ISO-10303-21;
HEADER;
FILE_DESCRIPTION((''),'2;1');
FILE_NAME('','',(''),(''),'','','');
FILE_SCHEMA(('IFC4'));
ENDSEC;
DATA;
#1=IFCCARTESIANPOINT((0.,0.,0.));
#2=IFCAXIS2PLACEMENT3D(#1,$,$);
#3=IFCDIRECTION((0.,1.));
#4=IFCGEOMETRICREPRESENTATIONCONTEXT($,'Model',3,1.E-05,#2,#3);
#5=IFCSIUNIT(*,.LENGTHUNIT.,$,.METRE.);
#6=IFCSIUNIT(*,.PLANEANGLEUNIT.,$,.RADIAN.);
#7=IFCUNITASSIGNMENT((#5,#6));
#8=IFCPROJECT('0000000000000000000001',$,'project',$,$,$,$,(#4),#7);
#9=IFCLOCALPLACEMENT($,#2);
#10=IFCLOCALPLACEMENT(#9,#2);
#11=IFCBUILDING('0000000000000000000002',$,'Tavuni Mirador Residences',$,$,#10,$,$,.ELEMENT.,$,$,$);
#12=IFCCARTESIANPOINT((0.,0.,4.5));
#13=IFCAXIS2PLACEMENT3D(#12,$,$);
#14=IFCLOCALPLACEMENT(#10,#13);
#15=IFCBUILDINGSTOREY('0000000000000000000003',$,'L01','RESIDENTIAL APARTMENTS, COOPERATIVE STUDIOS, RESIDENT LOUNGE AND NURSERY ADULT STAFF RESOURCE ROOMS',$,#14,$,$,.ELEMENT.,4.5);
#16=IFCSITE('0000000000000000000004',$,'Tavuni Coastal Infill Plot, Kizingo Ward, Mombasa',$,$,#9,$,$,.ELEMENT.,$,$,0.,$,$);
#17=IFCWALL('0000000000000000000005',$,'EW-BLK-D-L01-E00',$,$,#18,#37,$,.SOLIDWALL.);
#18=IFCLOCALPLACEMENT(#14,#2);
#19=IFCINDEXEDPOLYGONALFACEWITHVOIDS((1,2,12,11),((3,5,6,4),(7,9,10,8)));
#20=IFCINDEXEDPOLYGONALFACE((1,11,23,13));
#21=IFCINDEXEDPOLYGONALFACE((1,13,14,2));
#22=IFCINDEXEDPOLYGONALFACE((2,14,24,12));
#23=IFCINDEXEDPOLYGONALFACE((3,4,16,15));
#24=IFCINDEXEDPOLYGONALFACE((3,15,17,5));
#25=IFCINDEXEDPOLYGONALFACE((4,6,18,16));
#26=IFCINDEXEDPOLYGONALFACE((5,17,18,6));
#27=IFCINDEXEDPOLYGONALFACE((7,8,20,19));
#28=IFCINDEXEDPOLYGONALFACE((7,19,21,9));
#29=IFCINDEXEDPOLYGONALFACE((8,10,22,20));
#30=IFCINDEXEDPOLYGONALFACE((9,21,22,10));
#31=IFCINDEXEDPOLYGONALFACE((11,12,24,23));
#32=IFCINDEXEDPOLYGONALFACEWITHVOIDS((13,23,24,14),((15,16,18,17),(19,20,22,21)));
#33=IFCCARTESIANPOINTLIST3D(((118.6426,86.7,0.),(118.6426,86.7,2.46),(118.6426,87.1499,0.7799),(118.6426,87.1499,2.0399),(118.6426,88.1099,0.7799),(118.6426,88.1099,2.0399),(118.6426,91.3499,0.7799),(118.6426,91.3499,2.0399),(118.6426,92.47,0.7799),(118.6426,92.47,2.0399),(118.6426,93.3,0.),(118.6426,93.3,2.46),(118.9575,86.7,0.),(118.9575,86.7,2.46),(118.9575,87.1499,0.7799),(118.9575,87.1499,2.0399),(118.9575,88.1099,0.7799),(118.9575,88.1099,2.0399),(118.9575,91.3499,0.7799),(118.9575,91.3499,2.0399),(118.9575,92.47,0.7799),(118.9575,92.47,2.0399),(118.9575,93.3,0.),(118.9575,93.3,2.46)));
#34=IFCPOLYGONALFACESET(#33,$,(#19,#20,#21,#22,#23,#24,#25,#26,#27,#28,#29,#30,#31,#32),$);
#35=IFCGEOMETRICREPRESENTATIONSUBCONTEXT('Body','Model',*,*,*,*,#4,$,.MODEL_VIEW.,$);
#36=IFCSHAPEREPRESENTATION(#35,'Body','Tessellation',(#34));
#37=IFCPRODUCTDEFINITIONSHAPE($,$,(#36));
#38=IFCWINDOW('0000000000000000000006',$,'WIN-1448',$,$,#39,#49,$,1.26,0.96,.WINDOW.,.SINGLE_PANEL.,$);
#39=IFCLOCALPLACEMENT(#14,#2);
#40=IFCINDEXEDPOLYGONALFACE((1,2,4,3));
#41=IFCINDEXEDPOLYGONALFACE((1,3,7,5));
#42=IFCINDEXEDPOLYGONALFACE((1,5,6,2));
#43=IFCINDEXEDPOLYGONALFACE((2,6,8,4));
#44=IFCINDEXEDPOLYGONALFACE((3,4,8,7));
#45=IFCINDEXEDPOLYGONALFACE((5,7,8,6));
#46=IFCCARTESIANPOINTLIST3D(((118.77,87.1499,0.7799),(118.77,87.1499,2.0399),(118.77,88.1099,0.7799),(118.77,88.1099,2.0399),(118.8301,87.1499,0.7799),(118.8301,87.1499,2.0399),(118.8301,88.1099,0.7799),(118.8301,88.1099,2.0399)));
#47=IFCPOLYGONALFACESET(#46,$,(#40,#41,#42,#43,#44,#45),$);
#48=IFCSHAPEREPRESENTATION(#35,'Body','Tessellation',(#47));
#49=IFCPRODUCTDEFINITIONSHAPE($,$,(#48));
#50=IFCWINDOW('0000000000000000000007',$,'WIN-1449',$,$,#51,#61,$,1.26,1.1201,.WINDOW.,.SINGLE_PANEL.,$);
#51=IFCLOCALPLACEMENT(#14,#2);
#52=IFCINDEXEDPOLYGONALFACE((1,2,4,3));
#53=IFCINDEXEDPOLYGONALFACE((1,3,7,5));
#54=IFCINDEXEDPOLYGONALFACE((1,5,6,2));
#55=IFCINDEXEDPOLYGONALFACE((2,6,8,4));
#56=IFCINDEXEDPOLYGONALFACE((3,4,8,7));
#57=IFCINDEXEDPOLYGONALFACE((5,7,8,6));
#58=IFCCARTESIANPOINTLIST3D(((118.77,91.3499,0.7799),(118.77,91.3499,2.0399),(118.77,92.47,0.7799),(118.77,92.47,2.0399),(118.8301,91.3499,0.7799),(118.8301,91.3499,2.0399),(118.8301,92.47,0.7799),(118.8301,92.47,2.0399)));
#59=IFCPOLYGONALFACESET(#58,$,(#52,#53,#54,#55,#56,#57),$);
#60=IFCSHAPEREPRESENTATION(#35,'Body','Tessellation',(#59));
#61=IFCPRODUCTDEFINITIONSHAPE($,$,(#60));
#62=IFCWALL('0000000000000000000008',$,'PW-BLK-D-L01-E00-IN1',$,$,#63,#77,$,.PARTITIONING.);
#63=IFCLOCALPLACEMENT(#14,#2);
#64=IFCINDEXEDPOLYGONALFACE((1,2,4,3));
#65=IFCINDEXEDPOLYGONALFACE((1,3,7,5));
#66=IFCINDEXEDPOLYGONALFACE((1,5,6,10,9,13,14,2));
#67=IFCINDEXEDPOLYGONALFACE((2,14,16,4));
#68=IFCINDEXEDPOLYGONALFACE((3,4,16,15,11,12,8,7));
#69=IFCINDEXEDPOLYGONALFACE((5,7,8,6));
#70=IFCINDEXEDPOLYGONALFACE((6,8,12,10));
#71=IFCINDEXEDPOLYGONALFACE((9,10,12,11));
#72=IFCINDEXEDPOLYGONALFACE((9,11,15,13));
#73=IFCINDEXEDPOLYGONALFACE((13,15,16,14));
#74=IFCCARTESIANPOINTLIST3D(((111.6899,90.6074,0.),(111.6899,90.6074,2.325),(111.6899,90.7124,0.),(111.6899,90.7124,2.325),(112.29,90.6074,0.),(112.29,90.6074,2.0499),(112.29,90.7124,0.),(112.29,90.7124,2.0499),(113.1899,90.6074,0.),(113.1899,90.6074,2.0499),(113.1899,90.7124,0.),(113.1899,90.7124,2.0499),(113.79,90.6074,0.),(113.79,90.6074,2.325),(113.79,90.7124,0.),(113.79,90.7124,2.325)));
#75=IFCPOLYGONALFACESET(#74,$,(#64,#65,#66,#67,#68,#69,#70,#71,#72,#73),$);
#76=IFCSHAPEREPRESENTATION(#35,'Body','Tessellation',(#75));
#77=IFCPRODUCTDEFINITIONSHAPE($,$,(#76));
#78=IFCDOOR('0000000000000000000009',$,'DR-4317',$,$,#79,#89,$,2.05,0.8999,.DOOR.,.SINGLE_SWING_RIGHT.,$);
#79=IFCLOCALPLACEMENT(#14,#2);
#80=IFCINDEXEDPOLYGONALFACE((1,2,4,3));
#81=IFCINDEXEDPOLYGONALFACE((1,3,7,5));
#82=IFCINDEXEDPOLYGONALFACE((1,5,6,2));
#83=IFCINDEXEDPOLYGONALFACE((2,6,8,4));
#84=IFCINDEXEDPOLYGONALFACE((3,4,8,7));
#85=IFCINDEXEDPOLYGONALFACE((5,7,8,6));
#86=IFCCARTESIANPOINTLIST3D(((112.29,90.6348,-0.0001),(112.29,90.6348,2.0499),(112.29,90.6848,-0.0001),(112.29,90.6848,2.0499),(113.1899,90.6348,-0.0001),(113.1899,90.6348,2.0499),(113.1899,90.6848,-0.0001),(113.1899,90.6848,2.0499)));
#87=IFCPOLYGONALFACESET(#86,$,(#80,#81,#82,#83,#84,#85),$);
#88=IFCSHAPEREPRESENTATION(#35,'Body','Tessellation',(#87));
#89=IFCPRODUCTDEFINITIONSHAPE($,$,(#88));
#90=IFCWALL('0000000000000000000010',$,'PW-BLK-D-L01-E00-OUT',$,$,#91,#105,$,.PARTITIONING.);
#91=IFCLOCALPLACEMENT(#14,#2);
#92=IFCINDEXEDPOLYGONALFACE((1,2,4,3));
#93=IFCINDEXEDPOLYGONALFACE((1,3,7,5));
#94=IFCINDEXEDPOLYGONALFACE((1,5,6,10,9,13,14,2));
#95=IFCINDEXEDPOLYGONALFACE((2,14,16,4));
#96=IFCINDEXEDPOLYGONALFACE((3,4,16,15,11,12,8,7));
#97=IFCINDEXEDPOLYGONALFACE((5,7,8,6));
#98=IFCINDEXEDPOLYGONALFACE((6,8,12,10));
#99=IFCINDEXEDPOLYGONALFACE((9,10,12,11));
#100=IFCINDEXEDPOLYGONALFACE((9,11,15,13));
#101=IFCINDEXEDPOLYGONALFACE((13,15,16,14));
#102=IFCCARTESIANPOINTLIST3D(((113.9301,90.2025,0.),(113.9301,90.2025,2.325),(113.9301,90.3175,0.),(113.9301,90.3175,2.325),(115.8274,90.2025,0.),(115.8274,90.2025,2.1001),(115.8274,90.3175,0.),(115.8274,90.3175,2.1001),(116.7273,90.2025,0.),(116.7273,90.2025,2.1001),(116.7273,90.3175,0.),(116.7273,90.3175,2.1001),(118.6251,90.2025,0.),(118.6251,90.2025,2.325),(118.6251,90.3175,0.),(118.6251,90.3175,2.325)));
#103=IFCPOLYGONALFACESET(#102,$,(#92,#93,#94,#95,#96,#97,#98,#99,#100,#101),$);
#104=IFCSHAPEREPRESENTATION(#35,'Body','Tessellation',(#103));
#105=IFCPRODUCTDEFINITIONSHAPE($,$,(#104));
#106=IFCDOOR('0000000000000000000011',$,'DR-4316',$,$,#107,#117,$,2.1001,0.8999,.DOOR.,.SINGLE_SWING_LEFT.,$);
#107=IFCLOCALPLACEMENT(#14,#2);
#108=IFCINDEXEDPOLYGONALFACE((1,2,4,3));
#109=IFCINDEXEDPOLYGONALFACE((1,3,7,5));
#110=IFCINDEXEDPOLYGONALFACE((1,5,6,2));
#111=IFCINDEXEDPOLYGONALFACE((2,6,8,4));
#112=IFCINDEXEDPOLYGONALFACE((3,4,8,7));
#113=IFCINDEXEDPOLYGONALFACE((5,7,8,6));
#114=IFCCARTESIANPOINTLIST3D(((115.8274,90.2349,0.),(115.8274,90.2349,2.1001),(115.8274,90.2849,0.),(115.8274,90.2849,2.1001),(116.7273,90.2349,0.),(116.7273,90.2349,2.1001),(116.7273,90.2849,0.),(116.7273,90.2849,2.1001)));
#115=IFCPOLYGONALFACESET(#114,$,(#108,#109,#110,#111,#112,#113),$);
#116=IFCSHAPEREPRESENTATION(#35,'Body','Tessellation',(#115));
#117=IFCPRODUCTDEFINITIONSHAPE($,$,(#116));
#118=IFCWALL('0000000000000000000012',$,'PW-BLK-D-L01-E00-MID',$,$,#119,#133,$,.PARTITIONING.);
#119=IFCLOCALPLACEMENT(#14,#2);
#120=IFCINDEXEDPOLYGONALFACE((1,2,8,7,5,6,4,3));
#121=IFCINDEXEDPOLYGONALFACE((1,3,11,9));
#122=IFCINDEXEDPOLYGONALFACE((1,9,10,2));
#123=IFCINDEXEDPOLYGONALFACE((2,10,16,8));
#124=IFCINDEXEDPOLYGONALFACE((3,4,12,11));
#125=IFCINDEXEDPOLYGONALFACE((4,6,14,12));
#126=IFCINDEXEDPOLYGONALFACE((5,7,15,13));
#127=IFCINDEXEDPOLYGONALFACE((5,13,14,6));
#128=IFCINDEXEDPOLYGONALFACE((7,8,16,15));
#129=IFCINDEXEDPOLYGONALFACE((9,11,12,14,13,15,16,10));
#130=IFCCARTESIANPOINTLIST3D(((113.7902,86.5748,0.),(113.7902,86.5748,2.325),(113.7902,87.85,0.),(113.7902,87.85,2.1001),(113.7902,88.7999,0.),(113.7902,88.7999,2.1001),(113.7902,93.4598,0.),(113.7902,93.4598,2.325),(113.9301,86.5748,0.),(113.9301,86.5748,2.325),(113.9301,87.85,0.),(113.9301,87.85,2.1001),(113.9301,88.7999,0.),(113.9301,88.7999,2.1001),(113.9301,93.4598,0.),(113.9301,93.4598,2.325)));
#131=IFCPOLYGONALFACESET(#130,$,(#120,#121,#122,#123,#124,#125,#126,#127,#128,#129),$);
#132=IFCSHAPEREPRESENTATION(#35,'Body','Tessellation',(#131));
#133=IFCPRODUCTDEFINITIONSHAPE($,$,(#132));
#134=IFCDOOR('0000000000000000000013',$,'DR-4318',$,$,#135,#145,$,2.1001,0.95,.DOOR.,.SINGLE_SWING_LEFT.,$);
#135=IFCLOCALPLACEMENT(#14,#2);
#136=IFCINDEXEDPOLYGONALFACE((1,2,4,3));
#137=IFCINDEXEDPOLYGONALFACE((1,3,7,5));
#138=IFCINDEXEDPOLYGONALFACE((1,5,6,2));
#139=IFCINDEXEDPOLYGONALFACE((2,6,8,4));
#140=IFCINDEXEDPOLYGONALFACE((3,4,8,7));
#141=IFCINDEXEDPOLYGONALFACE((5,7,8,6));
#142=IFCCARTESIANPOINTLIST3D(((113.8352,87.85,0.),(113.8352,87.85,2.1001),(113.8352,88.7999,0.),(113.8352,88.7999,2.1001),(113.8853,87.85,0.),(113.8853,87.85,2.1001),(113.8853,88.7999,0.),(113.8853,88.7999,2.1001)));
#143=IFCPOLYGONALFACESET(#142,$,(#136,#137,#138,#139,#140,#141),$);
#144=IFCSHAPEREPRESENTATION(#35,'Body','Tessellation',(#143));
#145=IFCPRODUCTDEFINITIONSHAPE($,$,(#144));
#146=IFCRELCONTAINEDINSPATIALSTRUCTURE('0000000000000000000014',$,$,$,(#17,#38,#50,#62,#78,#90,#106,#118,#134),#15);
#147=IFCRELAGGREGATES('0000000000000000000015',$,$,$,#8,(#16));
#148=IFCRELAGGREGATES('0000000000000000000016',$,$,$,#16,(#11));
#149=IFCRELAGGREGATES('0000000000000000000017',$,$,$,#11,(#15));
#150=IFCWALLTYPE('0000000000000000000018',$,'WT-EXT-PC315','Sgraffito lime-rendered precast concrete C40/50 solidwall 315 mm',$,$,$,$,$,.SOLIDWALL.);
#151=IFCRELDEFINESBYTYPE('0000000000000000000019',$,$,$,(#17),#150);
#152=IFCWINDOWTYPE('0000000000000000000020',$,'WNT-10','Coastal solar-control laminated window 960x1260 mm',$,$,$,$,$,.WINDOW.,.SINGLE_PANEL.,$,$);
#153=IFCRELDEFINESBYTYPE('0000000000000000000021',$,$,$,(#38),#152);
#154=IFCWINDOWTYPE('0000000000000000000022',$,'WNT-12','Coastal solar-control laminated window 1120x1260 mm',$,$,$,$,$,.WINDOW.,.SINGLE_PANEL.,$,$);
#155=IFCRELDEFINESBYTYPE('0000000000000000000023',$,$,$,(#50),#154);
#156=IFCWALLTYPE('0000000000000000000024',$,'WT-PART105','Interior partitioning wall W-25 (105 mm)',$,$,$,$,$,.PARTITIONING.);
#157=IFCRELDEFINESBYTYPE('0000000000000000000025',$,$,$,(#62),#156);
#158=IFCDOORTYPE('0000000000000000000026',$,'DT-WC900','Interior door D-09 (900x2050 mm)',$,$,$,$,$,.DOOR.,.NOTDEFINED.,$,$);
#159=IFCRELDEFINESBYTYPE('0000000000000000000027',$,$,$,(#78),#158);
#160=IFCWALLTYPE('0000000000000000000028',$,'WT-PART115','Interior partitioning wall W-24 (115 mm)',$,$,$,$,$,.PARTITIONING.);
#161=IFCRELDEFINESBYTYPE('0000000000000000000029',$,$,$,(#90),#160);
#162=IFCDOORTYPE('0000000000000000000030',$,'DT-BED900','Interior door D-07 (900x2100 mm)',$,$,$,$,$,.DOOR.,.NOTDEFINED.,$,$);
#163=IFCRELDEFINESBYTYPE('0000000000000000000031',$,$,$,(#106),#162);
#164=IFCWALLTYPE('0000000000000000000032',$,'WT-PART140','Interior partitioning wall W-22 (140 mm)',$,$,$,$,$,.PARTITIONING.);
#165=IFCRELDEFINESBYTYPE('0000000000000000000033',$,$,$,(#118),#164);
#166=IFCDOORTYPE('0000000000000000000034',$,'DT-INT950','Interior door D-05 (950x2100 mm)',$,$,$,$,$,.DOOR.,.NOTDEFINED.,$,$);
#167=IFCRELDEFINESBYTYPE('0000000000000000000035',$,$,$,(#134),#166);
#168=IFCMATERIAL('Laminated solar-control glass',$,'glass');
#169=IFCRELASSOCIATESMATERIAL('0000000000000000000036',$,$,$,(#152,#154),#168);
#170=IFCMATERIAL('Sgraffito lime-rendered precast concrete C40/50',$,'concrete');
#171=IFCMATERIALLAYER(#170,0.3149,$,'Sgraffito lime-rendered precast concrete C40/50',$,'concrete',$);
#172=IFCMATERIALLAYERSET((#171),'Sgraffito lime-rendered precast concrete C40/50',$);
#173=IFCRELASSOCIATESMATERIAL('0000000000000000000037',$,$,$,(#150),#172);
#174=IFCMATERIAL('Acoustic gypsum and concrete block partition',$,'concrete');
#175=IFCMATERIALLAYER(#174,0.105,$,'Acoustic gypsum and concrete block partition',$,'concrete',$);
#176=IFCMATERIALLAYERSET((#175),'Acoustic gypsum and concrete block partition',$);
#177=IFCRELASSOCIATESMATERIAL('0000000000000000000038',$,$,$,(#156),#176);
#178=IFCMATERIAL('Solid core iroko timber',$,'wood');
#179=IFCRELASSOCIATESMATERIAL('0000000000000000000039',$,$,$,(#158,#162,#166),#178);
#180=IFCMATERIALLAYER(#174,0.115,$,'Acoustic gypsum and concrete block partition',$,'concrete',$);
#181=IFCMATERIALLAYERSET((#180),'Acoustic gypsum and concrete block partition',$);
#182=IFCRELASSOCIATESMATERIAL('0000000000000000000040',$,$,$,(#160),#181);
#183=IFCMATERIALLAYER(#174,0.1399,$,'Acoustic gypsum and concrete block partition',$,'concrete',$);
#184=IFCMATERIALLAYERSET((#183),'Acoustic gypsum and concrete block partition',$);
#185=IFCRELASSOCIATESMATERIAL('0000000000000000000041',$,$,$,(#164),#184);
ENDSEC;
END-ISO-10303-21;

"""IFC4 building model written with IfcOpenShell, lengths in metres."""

from ifc_helpers import new_model, si_unit, direction, frame, frame_2d, origin, place, context, subcontext, project, spatial, rectangle, extrude, material, layer, layer_set, type_object, element, fill, save


model = new_model("IFC4")

# Units and contexts
model_context = context("Model", 3, precision=1e-05, world=origin(), true_north=direction((0.0, 1.0)))
body_context = subcontext(model_context, "Body", "Model", "MODEL_VIEW")
ifc_project = project(units=[si_unit("LENGTHUNIT", "METRE"), si_unit("PLANEANGLEUNIT", "RADIAN")], contexts=[model_context])

# Site, building, storey
site_placement = place(None, origin())
site = spatial("IfcSite", under=ifc_project, at=site_placement, Name="Tavuni Coastal Infill Plot, Kizingo Ward, Mombasa", CompositionType="ELEMENT", RefElevation=0.0)
building_placement = place(site_placement, origin())
building = spatial("IfcBuilding", under=site, at=building_placement, Name="Tavuni Mirador Residences", CompositionType="ELEMENT")
storey_placement = place(building_placement, frame((0.0, 0.0, 4.5)))
storey = spatial("IfcBuildingStorey", under=building, at=storey_placement, Name="L01", Description="RESIDENTIAL APARTMENTS, COOPERATIVE STUDIOS, RESIDENT LOUNGE AND NURSERY ADULT STAFF RESOURCE ROOMS", CompositionType="ELEMENT", Elevation=4.5)

# Shared definitions
ifc_material_1 = material(Name="Solid core iroko timber", Category="wood")

# Wall, openings, windows
ifc_material_2 = material(Name="Sgraffito lime-rendered precast concrete C40/50", Category="concrete")
ifc_material_3 = material(Name="Laminated solar-control glass", Category="glass")
window_type_1 = type_object("IfcWindowType", Name="WNT-10", Description="Coastal solar-control laminated window 960x1260 mm", PartitioningType="SINGLE_PANEL", PredefinedType="WINDOW", material=ifc_material_3)
ifc_layer_1 = layer(ifc_material_2, 0.3149, Name="Sgraffito lime-rendered precast concrete C40/50", Category="concrete")
ifc_layer_set_1 = layer_set([ifc_layer_1], Name="Sgraffito lime-rendered precast concrete C40/50")
wall_type_1 = type_object("IfcWallType", Name="WT-EXT-PC315", Description="Sgraffito lime-rendered precast concrete C40/50 solidwall 315 mm", PredefinedType="SOLIDWALL", material=ifc_layer_set_1)
wall_1_placement = place(storey_placement, frame((118.8, 86.7, 0.0), z_axis=(0.0, 0.0, 1.0), x_axis=(0.0, 1.0, 0.0)))
wall_1 = element("IfcWall", 1, at=wall_1_placement, inside=storey, type_object=wall_type_1, Name="EW-BLK-D-L01-E00", PredefinedType="SOLIDWALL", context=body_context, shape_type="SweptSolid", body=[
    extrude(rectangle(XDim=6.6001, YDim=0.3149, at=frame_2d((3.3, 0.0))), origin(), (0.0, 0.0, 1.0), 2.46),
])
opening_1_placement = place(wall_1_placement, frame((0.45, 0.0, 0.78)))
opening_1 = element("IfcOpeningElement", 2, at=opening_1_placement, cuts=wall_1, PredefinedType="OPENING", context=body_context, shape_type="SweptSolid", body=[
    extrude(rectangle(XDim=0.96, YDim=1.26, at=frame_2d((0.48, 0.6299))), frame((0.0, 0.1675, 0.0), z_axis=(0.0, -1.0, 0.0), x_axis=(1.0, 0.0, 0.0)), (0.0, 0.0, 1.0), 0.335),
])
opening_2_placement = place(wall_1_placement, frame((4.6499, 0.0, 0.78)))
opening_2 = element("IfcOpeningElement", 3, at=opening_2_placement, cuts=wall_1, PredefinedType="OPENING", context=body_context, shape_type="SweptSolid", body=[
    extrude(rectangle(XDim=1.1201, YDim=1.26, at=frame_2d((0.5601, 0.6299))), frame((0.0, 0.1675, 0.0), z_axis=(0.0, -1.0, 0.0), x_axis=(1.0, 0.0, 0.0)), (0.0, 0.0, 1.0), 0.335),
])
window_1_placement = place(opening_1_placement, origin())
window_1 = element("IfcWindow", 4, at=window_1_placement, inside=storey, type_object=window_type_1, Name="WIN-1448", OverallHeight=1.26, OverallWidth=0.96, PartitioningType="SINGLE_PANEL", PredefinedType="WINDOW", context=body_context, shape_type="SweptSolid", body=[
    extrude(rectangle(XDim=0.96, YDim=1.26, at=frame_2d((0.48, 0.6299))), frame((0.0, 0.03, 0.0), z_axis=(0.0, -1.0, 0.0), x_axis=(1.0, 0.0, 0.0)), (0.0, 0.0, 1.0), 0.0601),
])
fill(opening_1, window_1)
window_type_2 = type_object("IfcWindowType", Name="WNT-12", Description="Coastal solar-control laminated window 1120x1260 mm", PartitioningType="SINGLE_PANEL", PredefinedType="WINDOW", material=ifc_material_3)
window_2_placement = place(opening_2_placement, origin())
window_2 = element("IfcWindow", 5, at=window_2_placement, inside=storey, type_object=window_type_2, Name="WIN-1449", OverallHeight=1.26, OverallWidth=1.1201, PartitioningType="SINGLE_PANEL", PredefinedType="WINDOW", context=body_context, shape_type="SweptSolid", body=[
    extrude(rectangle(XDim=1.1201, YDim=1.26, at=frame_2d((0.5601, 0.6299))), frame((0.0, 0.03, 0.0), z_axis=(0.0, -1.0, 0.0), x_axis=(1.0, 0.0, 0.0)), (0.0, 0.0, 1.0), 0.0601),
])
fill(opening_2, window_2)

# Walls, openings, doors
ifc_material_4 = material(Name="Acoustic gypsum and concrete block partition", Category="concrete")
ifc_layer_2 = layer(ifc_material_4, 0.105, Name="Acoustic gypsum and concrete block partition", Category="concrete")
ifc_layer_set_2 = layer_set([ifc_layer_2], Name="Acoustic gypsum and concrete block partition")
wall_type_2 = type_object("IfcWallType", Name="WT-PART105", Description="Interior partitioning wall W-25 (105 mm)", PredefinedType="PARTITIONING", material=ifc_layer_set_2)
wall_2_placement = place(storey_placement, frame((111.6899, 90.6599, 0.0), z_axis=(0.0, 0.0, 1.0), x_axis=(1.0, 0.0, 0.0)))
wall_2 = element("IfcWall", 6, at=wall_2_placement, inside=storey, type_object=wall_type_2, Name="PW-BLK-D-L01-E00-IN1", PredefinedType="PARTITIONING", context=body_context, shape_type="SweptSolid", body=[
    extrude(rectangle(XDim=2.1001, YDim=0.105, at=frame_2d((1.05, 0.0))), origin(), (0.0, 0.0, 1.0), 2.325),
])
opening_3_placement = place(wall_2_placement, frame((0.6001, 0.0, 0.0)))
opening_3 = element("IfcOpeningElement", 7, at=opening_3_placement, cuts=wall_2, PredefinedType="OPENING", context=body_context, shape_type="SweptSolid", body=[
    extrude(rectangle(XDim=0.8999, YDim=2.05, at=frame_2d((0.45, 1.0249))), frame((0.0, 0.0625, 0.0), z_axis=(0.0, -1.0, 0.0), x_axis=(1.0, 0.0, 0.0)), (0.0, 0.0, 1.0), 0.125),
])
door_type_1 = type_object("IfcDoorType", Name="DT-WC900", Description="Interior door D-09 (900x2050 mm)", OperationType="NOTDEFINED", PredefinedType="DOOR", material=ifc_material_1)
door_1_placement = place(opening_3_placement, origin())
door_1 = element("IfcDoor", 8, at=door_1_placement, inside=storey, type_object=door_type_1, Name="DR-4317", OperationType="SINGLE_SWING_RIGHT", OverallHeight=2.05, OverallWidth=0.8999, PredefinedType="DOOR", context=body_context, shape_type="SweptSolid", body=[
    extrude(rectangle(XDim=0.8999, YDim=2.05, at=frame_2d((0.45, 1.0249))), frame((0.0, 0.0249, 0.0), z_axis=(0.0, -1.0, 0.0), x_axis=(1.0, 0.0, 0.0)), (0.0, 0.0, 1.0), 0.05),
])
fill(opening_3, door_1)
ifc_layer_3 = layer(ifc_material_4, 0.115, Name="Acoustic gypsum and concrete block partition", Category="concrete")
ifc_layer_set_3 = layer_set([ifc_layer_3], Name="Acoustic gypsum and concrete block partition")
wall_type_3 = type_object("IfcWallType", Name="WT-PART115", Description="Interior partitioning wall W-24 (115 mm)", PredefinedType="PARTITIONING", material=ifc_layer_set_3)
wall_3_placement = place(storey_placement, frame((113.9299, 90.26, 0.0), z_axis=(0.0, 0.0, 1.0), x_axis=(1.0, 0.0, 0.0)))
wall_3 = element("IfcWall", 9, at=wall_3_placement, inside=storey, type_object=wall_type_3, Name="PW-BLK-D-L01-E00-OUT", PredefinedType="PARTITIONING", context=body_context, shape_type="SweptSolid", body=[
    extrude(rectangle(XDim=4.6951, YDim=0.115, at=frame_2d((2.3477, 0.0))), origin(), (0.0, 0.0, 1.0), 2.325),
])
opening_4_placement = place(wall_3_placement, frame((1.8975, 0.0, 0.0)))
opening_4 = element("IfcOpeningElement", 10, at=opening_4_placement, cuts=wall_3, PredefinedType="OPENING", context=body_context, shape_type="SweptSolid", body=[
    extrude(rectangle(XDim=0.8999, YDim=2.1001, at=frame_2d((0.45, 1.05))), frame((0.0, 0.0674, 0.0), z_axis=(0.0, -1.0, 0.0), x_axis=(1.0, 0.0, 0.0)), (0.0, 0.0, 1.0), 0.135),
])
door_type_2 = type_object("IfcDoorType", Name="DT-BED900", Description="Interior door D-07 (900x2100 mm)", OperationType="NOTDEFINED", PredefinedType="DOOR", material=ifc_material_1)
door_2_placement = place(opening_4_placement, origin())
door_2 = element("IfcDoor", 11, at=door_2_placement, inside=storey, type_object=door_type_2, Name="DR-4316", OperationType="SINGLE_SWING_LEFT", OverallHeight=2.1001, OverallWidth=0.8999, PredefinedType="DOOR", context=body_context, shape_type="SweptSolid", body=[
    extrude(rectangle(XDim=0.8999, YDim=2.1001, at=frame_2d((0.45, 1.05))), frame((0.0, 0.0249, 0.0), z_axis=(0.0, -1.0, 0.0), x_axis=(1.0, 0.0, 0.0)), (0.0, 0.0, 1.0), 0.05),
])
fill(opening_4, door_2)
ifc_layer_4 = layer(ifc_material_4, 0.1399, Name="Acoustic gypsum and concrete block partition", Category="concrete")
ifc_layer_set_4 = layer_set([ifc_layer_4], Name="Acoustic gypsum and concrete block partition")
wall_type_4 = type_object("IfcWallType", Name="WT-PART140", Description="Interior partitioning wall W-22 (140 mm)", PredefinedType="PARTITIONING", material=ifc_layer_set_4)
wall_4_placement = place(storey_placement, frame((113.8601, 86.575, 0.0), z_axis=(0.0, 0.0, 1.0), x_axis=(0.0, 1.0, 0.0)))
wall_4 = element("IfcWall", 12, at=wall_4_placement, inside=storey, type_object=wall_type_4, Name="PW-BLK-D-L01-E00-MID", PredefinedType="PARTITIONING", context=body_context, shape_type="SweptSolid", body=[
    extrude(rectangle(XDim=6.885, YDim=0.1399, at=frame_2d((3.4424, 0.0))), origin(), (0.0, 0.0, 1.0), 2.325),
])
opening_5_placement = place(wall_4_placement, frame((1.2749, 0.0, 0.0)))
opening_5 = element("IfcOpeningElement", 13, at=opening_5_placement, cuts=wall_4, PredefinedType="OPENING", context=body_context, shape_type="SweptSolid", body=[
    extrude(rectangle(XDim=0.95, YDim=2.1001, at=frame_2d((0.4751, 1.05))), frame((0.0, 0.0801, 0.0), z_axis=(0.0, -1.0, 0.0), x_axis=(1.0, 0.0, 0.0)), (0.0, 0.0, 1.0), 0.1599),
])
door_type_3 = type_object("IfcDoorType", Name="DT-INT950", Description="Interior door D-05 (950x2100 mm)", OperationType="NOTDEFINED", PredefinedType="DOOR", material=ifc_material_1)
door_3_placement = place(opening_5_placement, origin())
door_3 = element("IfcDoor", 14, at=door_3_placement, inside=storey, type_object=door_type_3, Name="DR-4318", OperationType="SINGLE_SWING_LEFT", OverallHeight=2.1001, OverallWidth=0.95, PredefinedType="DOOR", context=body_context, shape_type="SweptSolid", body=[
    extrude(rectangle(XDim=0.95, YDim=2.1001, at=frame_2d((0.4751, 1.05))), frame((0.0, 0.0249, 0.0), z_axis=(0.0, -1.0, 0.0), x_axis=(1.0, 0.0, 0.0)), (0.0, 0.0, 1.0), 0.05),
])
fill(opening_5, door_3)

save(model, "model.ifc")
